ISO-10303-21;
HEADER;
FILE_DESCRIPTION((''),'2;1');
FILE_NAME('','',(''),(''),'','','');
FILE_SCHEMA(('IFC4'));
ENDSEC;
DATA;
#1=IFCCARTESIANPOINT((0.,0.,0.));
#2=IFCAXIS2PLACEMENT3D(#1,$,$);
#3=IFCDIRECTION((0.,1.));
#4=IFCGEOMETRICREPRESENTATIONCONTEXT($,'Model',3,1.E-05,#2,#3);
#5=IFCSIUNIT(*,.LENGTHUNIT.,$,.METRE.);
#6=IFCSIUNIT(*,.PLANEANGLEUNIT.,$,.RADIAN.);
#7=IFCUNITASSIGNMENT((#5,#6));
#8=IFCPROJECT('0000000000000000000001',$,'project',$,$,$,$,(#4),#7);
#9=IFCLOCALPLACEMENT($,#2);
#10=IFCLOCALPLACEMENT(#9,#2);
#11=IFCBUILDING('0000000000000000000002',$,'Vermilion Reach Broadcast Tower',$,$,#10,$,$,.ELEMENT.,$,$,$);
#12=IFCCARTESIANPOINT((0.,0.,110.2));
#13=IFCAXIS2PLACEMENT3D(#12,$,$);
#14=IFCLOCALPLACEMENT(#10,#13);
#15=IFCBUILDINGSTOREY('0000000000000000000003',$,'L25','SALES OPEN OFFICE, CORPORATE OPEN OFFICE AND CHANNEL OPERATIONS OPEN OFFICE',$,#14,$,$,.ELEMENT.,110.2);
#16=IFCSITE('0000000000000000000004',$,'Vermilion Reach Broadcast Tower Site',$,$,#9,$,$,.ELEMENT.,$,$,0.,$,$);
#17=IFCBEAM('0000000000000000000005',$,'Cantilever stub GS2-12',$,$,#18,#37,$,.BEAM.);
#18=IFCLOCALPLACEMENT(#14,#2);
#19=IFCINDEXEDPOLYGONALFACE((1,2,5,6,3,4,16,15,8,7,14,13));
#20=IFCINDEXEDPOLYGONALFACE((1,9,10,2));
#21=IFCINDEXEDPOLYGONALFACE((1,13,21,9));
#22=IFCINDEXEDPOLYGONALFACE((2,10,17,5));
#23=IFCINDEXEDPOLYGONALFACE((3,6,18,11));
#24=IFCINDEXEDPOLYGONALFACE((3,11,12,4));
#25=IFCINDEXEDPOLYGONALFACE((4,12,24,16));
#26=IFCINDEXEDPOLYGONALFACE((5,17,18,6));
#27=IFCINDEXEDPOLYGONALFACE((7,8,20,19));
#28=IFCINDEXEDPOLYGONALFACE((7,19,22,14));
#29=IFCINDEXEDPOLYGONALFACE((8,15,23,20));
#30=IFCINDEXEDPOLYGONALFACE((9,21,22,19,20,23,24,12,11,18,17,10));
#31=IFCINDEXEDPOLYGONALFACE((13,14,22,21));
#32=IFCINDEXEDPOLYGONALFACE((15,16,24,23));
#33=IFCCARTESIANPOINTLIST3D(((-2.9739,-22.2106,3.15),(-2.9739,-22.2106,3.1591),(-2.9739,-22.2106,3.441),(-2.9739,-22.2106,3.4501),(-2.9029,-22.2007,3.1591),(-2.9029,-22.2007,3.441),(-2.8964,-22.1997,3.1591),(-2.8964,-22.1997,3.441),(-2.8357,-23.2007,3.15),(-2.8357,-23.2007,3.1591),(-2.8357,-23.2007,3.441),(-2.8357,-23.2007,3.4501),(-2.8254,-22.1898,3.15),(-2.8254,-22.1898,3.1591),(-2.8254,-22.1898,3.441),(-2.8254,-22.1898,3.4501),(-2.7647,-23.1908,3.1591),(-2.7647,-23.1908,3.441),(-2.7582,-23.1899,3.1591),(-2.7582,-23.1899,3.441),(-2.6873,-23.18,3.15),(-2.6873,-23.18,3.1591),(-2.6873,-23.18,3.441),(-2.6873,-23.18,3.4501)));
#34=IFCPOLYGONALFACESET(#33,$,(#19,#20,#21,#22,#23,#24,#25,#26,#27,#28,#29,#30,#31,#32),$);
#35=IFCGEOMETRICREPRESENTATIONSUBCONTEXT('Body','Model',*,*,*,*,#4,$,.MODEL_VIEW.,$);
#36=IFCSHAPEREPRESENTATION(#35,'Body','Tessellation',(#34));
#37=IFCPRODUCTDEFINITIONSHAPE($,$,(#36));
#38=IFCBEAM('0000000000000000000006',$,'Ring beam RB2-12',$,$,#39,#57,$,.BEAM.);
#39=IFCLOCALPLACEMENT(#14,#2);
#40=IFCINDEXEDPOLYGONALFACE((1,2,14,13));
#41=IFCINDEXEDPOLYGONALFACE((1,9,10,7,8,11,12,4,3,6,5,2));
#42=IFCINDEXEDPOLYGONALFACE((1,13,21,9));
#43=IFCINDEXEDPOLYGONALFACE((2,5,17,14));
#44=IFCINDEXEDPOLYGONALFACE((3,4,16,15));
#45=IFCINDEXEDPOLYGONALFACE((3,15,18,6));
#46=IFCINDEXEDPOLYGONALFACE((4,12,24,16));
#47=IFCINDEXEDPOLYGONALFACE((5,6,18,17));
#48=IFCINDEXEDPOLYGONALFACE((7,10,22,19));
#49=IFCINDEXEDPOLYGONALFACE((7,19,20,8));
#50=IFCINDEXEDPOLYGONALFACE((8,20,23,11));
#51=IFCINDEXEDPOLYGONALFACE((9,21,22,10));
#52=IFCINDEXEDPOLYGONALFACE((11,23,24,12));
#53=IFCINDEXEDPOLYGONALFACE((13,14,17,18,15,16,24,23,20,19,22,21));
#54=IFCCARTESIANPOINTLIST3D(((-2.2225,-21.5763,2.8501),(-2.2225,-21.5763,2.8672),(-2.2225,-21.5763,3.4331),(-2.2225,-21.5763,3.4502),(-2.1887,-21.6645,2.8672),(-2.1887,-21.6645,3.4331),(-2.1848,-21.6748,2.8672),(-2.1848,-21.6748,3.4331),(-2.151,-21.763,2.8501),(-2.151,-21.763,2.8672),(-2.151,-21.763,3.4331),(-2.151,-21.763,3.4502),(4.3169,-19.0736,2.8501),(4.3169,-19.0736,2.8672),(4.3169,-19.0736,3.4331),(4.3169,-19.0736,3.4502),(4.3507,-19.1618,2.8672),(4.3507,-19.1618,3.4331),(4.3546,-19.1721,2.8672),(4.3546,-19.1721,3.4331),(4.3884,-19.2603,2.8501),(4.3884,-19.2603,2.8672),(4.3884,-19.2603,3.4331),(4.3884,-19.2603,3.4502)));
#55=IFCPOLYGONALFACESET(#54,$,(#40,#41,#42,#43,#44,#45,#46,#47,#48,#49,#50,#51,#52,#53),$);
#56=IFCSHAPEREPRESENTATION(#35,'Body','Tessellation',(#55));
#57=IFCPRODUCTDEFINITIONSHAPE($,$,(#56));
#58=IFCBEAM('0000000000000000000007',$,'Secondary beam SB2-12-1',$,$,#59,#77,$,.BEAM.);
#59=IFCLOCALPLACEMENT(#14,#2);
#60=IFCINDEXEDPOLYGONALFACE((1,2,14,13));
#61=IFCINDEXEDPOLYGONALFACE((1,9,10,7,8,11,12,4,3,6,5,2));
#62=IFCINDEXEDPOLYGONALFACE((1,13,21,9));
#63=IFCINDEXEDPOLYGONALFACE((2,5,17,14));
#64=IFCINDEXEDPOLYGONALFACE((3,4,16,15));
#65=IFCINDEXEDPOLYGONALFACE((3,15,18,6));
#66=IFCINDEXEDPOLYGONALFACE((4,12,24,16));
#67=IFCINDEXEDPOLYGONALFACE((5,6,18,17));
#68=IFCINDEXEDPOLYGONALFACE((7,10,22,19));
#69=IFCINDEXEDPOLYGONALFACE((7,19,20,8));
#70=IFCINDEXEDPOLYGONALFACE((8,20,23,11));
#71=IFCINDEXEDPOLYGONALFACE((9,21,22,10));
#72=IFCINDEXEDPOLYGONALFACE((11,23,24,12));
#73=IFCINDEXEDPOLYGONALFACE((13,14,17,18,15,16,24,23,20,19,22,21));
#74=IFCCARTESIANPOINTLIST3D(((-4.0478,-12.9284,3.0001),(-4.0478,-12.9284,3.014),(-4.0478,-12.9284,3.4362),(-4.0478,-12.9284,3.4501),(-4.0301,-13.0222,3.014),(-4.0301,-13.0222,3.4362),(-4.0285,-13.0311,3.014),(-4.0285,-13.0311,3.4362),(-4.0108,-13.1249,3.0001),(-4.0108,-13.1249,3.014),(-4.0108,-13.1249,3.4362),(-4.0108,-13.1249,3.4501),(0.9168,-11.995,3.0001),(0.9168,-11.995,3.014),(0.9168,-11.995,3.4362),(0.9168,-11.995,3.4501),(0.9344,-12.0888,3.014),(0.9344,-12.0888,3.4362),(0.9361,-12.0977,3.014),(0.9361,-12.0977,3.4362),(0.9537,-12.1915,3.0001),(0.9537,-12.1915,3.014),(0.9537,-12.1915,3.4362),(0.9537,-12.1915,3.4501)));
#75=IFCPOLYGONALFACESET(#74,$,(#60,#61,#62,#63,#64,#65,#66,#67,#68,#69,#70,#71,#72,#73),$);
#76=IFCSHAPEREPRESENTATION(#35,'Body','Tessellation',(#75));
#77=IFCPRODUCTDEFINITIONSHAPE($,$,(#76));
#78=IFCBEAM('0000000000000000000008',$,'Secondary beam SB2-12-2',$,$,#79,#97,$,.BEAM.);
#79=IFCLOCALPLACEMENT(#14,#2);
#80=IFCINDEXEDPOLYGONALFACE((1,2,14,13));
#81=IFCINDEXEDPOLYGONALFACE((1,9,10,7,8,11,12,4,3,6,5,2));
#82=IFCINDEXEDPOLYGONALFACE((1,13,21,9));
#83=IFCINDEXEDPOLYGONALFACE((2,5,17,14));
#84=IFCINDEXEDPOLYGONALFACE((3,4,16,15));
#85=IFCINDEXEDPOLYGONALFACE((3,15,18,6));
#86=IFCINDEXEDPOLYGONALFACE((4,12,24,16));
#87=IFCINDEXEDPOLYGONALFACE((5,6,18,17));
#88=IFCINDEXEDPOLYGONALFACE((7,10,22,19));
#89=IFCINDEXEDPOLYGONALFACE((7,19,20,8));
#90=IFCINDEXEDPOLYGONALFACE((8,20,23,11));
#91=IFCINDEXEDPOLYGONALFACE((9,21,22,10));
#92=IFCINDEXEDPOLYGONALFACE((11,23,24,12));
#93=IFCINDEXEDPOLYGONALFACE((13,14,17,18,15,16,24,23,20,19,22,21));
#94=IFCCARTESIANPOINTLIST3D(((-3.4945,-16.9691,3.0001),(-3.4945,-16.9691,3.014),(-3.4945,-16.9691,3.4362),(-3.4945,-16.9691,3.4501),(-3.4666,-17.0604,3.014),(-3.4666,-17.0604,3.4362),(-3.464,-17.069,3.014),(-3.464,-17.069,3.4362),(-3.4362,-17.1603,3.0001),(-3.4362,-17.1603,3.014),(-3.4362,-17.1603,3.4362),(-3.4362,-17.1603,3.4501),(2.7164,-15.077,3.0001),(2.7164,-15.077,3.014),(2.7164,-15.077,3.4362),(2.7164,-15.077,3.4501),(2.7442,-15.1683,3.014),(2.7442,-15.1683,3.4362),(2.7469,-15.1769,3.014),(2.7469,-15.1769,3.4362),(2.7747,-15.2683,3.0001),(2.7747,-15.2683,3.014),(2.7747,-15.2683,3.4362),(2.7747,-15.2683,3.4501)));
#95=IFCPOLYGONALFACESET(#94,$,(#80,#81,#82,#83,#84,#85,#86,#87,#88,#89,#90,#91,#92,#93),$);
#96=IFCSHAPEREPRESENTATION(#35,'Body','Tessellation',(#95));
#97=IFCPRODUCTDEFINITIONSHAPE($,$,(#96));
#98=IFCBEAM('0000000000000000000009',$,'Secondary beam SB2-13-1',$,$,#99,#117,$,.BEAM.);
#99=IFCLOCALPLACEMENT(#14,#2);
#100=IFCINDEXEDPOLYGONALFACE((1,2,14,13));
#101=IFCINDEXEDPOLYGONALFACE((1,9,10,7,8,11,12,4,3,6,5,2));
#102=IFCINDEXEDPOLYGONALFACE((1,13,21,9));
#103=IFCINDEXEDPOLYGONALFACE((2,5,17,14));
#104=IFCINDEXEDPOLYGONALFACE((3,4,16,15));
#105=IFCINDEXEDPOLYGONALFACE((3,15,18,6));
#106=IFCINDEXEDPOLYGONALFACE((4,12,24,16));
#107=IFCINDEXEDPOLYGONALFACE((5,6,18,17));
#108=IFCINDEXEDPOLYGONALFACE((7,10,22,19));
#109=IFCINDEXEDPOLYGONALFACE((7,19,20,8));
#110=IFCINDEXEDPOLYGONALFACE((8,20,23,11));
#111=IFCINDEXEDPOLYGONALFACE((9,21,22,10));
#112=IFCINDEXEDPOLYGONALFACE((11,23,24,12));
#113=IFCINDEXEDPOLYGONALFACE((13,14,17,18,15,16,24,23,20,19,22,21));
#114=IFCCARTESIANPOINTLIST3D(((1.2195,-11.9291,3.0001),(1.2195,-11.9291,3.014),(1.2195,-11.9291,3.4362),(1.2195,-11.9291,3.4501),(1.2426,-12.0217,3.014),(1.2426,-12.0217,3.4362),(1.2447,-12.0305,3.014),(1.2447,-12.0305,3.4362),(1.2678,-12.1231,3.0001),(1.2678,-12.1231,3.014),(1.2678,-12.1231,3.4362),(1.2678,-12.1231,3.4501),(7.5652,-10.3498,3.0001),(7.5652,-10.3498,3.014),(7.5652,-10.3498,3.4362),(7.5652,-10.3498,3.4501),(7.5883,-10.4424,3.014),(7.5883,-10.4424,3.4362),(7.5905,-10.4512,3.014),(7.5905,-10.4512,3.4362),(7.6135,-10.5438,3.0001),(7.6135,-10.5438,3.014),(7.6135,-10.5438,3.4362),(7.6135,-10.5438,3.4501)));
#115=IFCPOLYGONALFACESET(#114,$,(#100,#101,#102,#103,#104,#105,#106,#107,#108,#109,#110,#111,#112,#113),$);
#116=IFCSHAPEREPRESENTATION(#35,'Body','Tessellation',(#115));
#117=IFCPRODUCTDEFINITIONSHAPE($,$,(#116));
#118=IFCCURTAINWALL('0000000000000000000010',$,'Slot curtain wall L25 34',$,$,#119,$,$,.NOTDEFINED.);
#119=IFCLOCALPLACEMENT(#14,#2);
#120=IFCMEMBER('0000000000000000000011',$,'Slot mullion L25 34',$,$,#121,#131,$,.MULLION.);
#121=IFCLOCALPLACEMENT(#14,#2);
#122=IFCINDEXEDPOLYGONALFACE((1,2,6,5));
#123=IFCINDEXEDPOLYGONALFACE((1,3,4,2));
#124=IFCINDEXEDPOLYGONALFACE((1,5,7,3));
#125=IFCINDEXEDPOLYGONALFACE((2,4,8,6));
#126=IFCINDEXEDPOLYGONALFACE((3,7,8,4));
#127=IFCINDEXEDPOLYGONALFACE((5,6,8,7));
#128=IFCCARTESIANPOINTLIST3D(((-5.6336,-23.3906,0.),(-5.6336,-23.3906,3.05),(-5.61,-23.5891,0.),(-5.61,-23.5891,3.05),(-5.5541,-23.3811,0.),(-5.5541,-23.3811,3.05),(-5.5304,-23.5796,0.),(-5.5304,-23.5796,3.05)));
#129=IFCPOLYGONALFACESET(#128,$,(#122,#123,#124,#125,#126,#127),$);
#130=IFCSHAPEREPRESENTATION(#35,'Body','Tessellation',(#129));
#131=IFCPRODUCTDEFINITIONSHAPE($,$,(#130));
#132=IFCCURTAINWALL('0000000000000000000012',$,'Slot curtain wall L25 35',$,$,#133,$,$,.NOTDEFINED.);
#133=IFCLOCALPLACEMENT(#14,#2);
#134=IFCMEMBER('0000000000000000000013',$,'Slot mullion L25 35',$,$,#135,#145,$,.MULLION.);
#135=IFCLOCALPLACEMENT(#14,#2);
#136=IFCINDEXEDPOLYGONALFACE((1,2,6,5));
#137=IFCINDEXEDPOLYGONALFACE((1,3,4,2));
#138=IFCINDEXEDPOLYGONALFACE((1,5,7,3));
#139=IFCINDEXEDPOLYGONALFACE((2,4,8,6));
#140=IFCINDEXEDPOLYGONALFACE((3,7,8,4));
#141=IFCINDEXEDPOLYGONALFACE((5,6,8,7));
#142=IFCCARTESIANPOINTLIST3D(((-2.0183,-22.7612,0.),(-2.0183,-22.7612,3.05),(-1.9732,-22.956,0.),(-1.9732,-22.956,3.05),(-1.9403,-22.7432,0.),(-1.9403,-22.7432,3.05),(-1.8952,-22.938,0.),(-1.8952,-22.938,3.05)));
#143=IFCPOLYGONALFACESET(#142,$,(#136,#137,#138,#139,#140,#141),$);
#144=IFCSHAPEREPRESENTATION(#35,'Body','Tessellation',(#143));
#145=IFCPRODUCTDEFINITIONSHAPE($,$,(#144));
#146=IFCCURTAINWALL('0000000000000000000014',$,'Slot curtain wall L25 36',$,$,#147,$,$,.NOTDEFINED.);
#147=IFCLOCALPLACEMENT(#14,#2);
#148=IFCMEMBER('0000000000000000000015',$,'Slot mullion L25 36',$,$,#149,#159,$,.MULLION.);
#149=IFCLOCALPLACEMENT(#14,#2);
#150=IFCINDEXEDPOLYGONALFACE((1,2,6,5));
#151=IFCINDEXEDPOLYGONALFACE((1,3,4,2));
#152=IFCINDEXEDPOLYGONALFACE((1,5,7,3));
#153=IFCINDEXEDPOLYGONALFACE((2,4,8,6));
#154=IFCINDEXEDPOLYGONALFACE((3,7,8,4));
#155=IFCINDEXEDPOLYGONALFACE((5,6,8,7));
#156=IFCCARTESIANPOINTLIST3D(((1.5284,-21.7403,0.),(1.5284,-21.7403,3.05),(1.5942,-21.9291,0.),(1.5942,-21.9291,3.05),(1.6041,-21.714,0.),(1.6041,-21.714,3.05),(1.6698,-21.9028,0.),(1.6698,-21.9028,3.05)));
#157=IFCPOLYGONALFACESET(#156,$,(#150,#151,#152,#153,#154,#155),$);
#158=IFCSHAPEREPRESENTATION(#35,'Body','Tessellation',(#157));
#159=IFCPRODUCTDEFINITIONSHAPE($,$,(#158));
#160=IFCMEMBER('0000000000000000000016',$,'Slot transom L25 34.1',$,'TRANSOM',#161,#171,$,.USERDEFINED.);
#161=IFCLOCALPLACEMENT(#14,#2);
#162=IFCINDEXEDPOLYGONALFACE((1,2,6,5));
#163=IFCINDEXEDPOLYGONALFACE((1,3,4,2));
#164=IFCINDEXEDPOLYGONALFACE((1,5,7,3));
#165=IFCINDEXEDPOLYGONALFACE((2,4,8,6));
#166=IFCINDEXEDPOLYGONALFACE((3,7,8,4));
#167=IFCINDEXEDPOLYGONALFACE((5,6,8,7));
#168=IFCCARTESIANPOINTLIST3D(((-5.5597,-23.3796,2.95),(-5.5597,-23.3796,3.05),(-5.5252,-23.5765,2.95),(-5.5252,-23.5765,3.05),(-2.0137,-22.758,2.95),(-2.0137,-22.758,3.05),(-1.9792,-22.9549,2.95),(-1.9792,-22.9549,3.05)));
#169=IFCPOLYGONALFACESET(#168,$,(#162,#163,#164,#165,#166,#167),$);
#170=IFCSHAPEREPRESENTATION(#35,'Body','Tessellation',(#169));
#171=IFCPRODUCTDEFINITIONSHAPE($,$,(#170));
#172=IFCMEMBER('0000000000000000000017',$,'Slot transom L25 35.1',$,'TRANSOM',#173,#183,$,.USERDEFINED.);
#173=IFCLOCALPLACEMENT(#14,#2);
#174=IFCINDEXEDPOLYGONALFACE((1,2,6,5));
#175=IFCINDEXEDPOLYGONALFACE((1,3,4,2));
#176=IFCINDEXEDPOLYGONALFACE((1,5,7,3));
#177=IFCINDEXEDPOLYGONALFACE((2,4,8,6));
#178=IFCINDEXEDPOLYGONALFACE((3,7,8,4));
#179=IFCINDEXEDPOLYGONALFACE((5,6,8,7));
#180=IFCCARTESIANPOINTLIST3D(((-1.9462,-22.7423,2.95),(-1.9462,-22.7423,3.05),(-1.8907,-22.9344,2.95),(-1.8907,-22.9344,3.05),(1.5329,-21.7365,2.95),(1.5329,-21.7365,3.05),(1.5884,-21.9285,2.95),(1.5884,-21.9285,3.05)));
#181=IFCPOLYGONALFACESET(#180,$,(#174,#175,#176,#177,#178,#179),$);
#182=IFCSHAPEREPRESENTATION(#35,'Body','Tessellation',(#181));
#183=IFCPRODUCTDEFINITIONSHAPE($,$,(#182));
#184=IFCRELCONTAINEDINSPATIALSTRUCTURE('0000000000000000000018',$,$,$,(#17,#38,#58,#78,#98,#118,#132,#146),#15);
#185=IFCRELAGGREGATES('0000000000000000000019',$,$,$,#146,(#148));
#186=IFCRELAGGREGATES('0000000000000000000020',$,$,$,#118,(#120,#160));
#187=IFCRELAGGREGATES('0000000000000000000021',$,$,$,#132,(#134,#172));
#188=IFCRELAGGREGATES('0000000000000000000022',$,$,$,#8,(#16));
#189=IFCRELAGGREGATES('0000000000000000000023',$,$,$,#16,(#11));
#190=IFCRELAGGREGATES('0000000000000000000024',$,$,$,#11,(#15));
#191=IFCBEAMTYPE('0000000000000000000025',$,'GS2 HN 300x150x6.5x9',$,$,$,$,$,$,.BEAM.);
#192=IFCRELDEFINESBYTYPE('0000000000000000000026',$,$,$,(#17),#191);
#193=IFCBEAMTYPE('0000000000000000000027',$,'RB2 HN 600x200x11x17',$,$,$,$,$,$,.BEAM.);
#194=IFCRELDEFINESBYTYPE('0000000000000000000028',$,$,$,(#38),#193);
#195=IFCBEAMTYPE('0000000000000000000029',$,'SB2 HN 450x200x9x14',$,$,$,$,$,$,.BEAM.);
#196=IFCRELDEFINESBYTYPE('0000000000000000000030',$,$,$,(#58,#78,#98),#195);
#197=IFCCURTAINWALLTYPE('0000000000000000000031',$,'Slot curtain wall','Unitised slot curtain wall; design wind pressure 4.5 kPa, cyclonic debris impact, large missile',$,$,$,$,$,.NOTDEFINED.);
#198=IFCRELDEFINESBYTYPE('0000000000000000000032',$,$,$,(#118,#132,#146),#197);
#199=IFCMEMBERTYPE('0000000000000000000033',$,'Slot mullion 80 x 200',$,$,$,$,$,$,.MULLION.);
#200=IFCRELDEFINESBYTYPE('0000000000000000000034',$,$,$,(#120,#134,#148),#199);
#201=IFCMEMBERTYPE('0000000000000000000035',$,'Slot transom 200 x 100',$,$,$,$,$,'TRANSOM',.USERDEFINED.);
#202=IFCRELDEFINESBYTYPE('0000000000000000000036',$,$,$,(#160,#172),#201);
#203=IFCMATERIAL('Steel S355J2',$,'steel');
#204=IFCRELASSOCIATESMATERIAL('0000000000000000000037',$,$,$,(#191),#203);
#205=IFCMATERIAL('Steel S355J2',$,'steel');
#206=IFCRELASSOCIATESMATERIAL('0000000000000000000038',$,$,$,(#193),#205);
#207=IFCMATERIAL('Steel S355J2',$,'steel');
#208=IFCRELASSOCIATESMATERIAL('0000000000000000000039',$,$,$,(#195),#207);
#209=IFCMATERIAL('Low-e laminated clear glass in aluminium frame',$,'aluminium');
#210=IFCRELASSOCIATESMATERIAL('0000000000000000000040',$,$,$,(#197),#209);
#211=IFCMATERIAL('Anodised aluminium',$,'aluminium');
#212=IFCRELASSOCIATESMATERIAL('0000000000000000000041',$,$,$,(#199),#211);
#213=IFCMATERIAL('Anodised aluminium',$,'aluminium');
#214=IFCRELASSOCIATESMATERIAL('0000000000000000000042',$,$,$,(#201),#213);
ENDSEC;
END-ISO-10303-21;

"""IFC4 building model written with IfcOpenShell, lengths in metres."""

from ifc_helpers import new_model, si_unit, direction, frame, origin, origin_2d, place, context, subcontext, project, spatial, rectangle, i_section, extrude, material, material_profile, profile_set, type_object, element, aggregate, save


model = new_model("IFC4")

# Units and contexts
model_context = context("Model", 3, precision=1e-05, world=origin(), true_north=direction((0.0, 1.0)))
body_context = subcontext(model_context, "Body", "Model", "MODEL_VIEW")
ifc_project = project(units=[si_unit("LENGTHUNIT", "METRE"), si_unit("PLANEANGLEUNIT", "RADIAN")], contexts=[model_context])

# Site, building, storey
site_placement = place(None, origin())
site = spatial("IfcSite", under=ifc_project, at=site_placement, Name="Vermilion Reach Broadcast Tower Site", CompositionType="ELEMENT", RefElevation=0.0)
building_placement = place(site_placement, origin())
building = spatial("IfcBuilding", under=site, at=building_placement, Name="Vermilion Reach Broadcast Tower", CompositionType="ELEMENT")
storey_placement = place(building_placement, frame((0.0, 0.0, 110.2)))
storey = spatial("IfcBuildingStorey", under=building, at=storey_placement, Name="L25", Description="SALES OPEN OFFICE, CORPORATE OPEN OFFICE AND CHANNEL OPERATIONS OPEN OFFICE", CompositionType="ELEMENT", Elevation=110.2)

# Beams
ifc_material_1 = material(Name="Steel S355J2", Category="steel")
ifc_material_profile_1 = material_profile(ifc_material_1, i_section(OverallWidth=0.1499, OverallDepth=0.3, WebThickness=0.0066, FlangeThickness=0.009, at=origin_2d()), Name="S355J2 HN 300x150x6.5x9")
ifc_profile_set_1 = profile_set([ifc_material_profile_1], Name="Steel S355J2")
beam_type_1 = type_object("IfcBeamType", Name="GS2 HN 300x150x6.5x9", PredefinedType="BEAM", material=ifc_profile_set_1)
beam_1_placement = place(storey_placement, frame((-2.8997, -22.2002, 3.3), z_axis=(0.138207, -0.990403, 0.0), x_axis=(0.990403, 0.138207, 0.0)))
element("IfcBeam", 1, at=beam_1_placement, inside=storey, type_object=beam_type_1, Name="Cantilever stub GS2-12", PredefinedType="BEAM", context=body_context, shape_type="SweptSolid", body=[
    extrude(i_section(OverallWidth=0.1499, OverallDepth=0.3, WebThickness=0.0066, FlangeThickness=0.009, at=origin_2d()), origin(), (0.0, 0.0, 1.0), 0.9998),
])
ifc_material_2 = material(Name="Steel S355J2", Category="steel")
ifc_material_profile_2 = material_profile(ifc_material_2, i_section(OverallWidth=0.2, OverallDepth=0.6001, WebThickness=0.011, FlangeThickness=0.0171, at=origin_2d()), Name="S355J2 HN 600x200x11x17")
ifc_profile_set_2 = profile_set([ifc_material_profile_2], Name="Steel S355J2")
beam_type_2 = type_object("IfcBeamType", Name="RB2 HN 600x200x11x17", PredefinedType="BEAM", material=ifc_profile_set_2)
beam_2_placement = place(storey_placement, frame((-2.1868, -21.6697, 3.1501), z_axis=(0.933939, 0.357432, 0.0), x_axis=(-0.357432, 0.933939, 0.0)))
element("IfcBeam", 2, at=beam_2_placement, inside=storey, type_object=beam_type_2, Name="Ring beam RB2-12", PredefinedType="BEAM", context=body_context, shape_type="SweptSolid", body=[
    extrude(i_section(OverallWidth=0.2, OverallDepth=0.6001, WebThickness=0.011, FlangeThickness=0.0171, at=origin_2d()), origin(), (0.0, 0.0, 1.0), 7.002),
])
ifc_material_3 = material(Name="Steel S355J2", Category="steel")
ifc_material_profile_3 = material_profile(ifc_material_3, i_section(OverallWidth=0.2, OverallDepth=0.45, WebThickness=0.009, FlangeThickness=0.0139, at=origin_2d()), Name="S355J2 HN 450x200x9x14")
ifc_profile_set_3 = profile_set([ifc_material_profile_3], Name="Steel S355J2")
beam_type_3 = type_object("IfcBeamType", Name="SB2 HN 450x200x9x14", PredefinedType="BEAM", material=ifc_profile_set_3)
beam_3_placement = place(storey_placement, frame((-4.0293, -13.0266, 3.2251), z_axis=(0.982783, 0.184764, 0.0), x_axis=(-0.184764, 0.982783, 0.0)))
element("IfcBeam", 3, at=beam_3_placement, inside=storey, type_object=beam_type_3, Name="Secondary beam SB2-12-1", PredefinedType="BEAM", context=body_context, shape_type="SweptSolid", body=[
    extrude(i_section(OverallWidth=0.2, OverallDepth=0.45, WebThickness=0.009, FlangeThickness=0.0139, at=origin_2d()), origin(), (0.0, 0.0, 1.0), 5.0515),
])
beam_4_placement = place(storey_placement, frame((-3.4653, -17.0647, 3.2251), z_axis=(0.956596, 0.291416, 0.0), x_axis=(-0.291416, 0.956596, 0.0)))
element("IfcBeam", 4, at=beam_4_placement, inside=storey, type_object=beam_type_3, Name="Secondary beam SB2-12-2", PredefinedType="BEAM", context=body_context, shape_type="SweptSolid", body=[
    extrude(i_section(OverallWidth=0.2, OverallDepth=0.45, WebThickness=0.009, FlangeThickness=0.0139, at=origin_2d()), origin(), (0.0, 0.0, 1.0), 6.4927),
])
beam_5_placement = place(storey_placement, frame((1.2437, -12.0261, 3.2251), z_axis=(0.970397, 0.241516, 0.0), x_axis=(-0.241516, 0.970397, 0.0)))
element("IfcBeam", 5, at=beam_5_placement, inside=storey, type_object=beam_type_3, Name="Secondary beam SB2-13-1", PredefinedType="BEAM", context=body_context, shape_type="SweptSolid", body=[
    extrude(i_section(OverallWidth=0.2, OverallDepth=0.45, WebThickness=0.009, FlangeThickness=0.0139, at=origin_2d()), origin(), (0.0, 0.0, 1.0), 6.5393),
])

# Curtain walls, members
ifc_material_4 = material(Name="Low-e laminated clear glass in aluminium frame", Category="aluminium")
curtain_wall_type = type_object("IfcCurtainWallType", Name="Slot curtain wall", Description="Unitised slot curtain wall; design wind pressure 4.5 kPa, cyclonic debris impact, large missile", PredefinedType="NOTDEFINED", material=ifc_material_4)
placement = place(storey_placement, origin())
curtain_wall_1 = element("IfcCurtainWall", 6, at=placement, inside=storey, type_object=curtain_wall_type, Name="Slot curtain wall L25 34", PredefinedType="NOTDEFINED")
ifc_material_5 = material(Name="Anodised aluminium", Category="aluminium")
ifc_material_profile_4 = material_profile(ifc_material_5, rectangle(XDim=0.2, YDim=0.0801, at=origin_2d()), Name="Slot mullion 80 x 200")
ifc_profile_set_4 = profile_set([ifc_material_profile_4], Name="Anodised aluminium")
member_type_1 = type_object("IfcMemberType", Name="Slot mullion 80 x 200", PredefinedType="MULLION", material=ifc_profile_set_4)
member_1_placement = place(storey_placement, frame((-5.582, -23.4851, 0.0), z_axis=(0.0, 0.0, 1.0), x_axis=(-0.118387, 0.992968, 0.0)))
member_1 = element("IfcMember", 7, at=member_1_placement, type_object=member_type_1, Name="Slot mullion L25 34", PredefinedType="MULLION", context=body_context, shape_type="SweptSolid", body=[
    extrude(rectangle(XDim=0.2, YDim=0.0801, at=origin_2d()), origin(), (0.0, 0.0, 1.0), 3.05),
])
curtain_wall_2 = element("IfcCurtainWall", 8, at=placement, inside=storey, type_object=curtain_wall_type, Name="Slot curtain wall L25 35", PredefinedType="NOTDEFINED")
member_2_placement = place(storey_placement, frame((-1.9568, -22.8496, 0.0), z_axis=(0.0, 0.0, 1.0), x_axis=(-0.22553, 0.974236, 0.0)))
member_2 = element("IfcMember", 9, at=member_2_placement, type_object=member_type_1, Name="Slot mullion L25 35", PredefinedType="MULLION", context=body_context, shape_type="SweptSolid", body=[
    extrude(rectangle(XDim=0.2, YDim=0.0801, at=origin_2d()), origin(), (0.0, 0.0, 1.0), 3.05),
])
curtain_wall_3 = element("IfcCurtainWall", 10, at=placement, inside=storey, type_object=curtain_wall_type, Name="Slot curtain wall L25 36", PredefinedType="NOTDEFINED")
member_3_placement = place(storey_placement, frame((1.5991, -21.8215, 0.0), z_axis=(0.0, 0.0, 1.0), x_axis=(-0.328867, 0.944376, 0.0)))
member_3 = element("IfcMember", 11, at=member_3_placement, type_object=member_type_1, Name="Slot mullion L25 36", PredefinedType="MULLION", context=body_context, shape_type="SweptSolid", body=[
    extrude(rectangle(XDim=0.2, YDim=0.0801, at=origin_2d()), origin(), (0.0, 0.0, 1.0), 3.05),
])

# Members
ifc_material_6 = material(Name="Anodised aluminium", Category="aluminium")
ifc_material_profile_5 = material_profile(ifc_material_6, rectangle(XDim=0.2, YDim=0.1001, at=origin_2d()), Name="Slot transom 200 x 100")
ifc_profile_set_5 = profile_set([ifc_material_profile_5], Name="Anodised aluminium")
member_type_2 = type_object("IfcMemberType", Name="Slot transom 200 x 100", ElementType="TRANSOM", PredefinedType="USERDEFINED", material=ifc_profile_set_5)
member_4_placement = place(storey_placement, frame((-5.5425, -23.478, 3.0), z_axis=(0.984983, 0.172652, 0.0), x_axis=(-0.172652, 0.984983, 0.0)))
member_4 = element("IfcMember", 12, at=member_4_placement, type_object=member_type_2, Name="Slot transom L25 34.1", ObjectType="TRANSOM", PredefinedType="USERDEFINED", context=body_context, shape_type="SweptSolid", body=[
    extrude(rectangle(XDim=0.2, YDim=0.1001, at=origin_2d()), origin(), (0.0, 0.0, 1.0), 3.6001),
])
member_5_placement = place(storey_placement, frame((-1.9185, -22.8384, 3.0), z_axis=(0.960654, 0.277747, 0.0), x_axis=(-0.277747, 0.960654, 0.0)))
member_5 = element("IfcMember", 13, at=member_5_placement, type_object=member_type_2, Name="Slot transom L25 35.1", ObjectType="TRANSOM", PredefinedType="USERDEFINED", context=body_context, shape_type="SweptSolid", body=[
    extrude(rectangle(XDim=0.2, YDim=0.1001, at=origin_2d()), origin(), (0.0, 0.0, 1.0), 3.6216),
])
aggregate(curtain_wall_3, [member_3])

aggregate(curtain_wall_1, [member_1, member_4])
aggregate(curtain_wall_2, [member_2, member_5])

save(model, "model.ifc")
